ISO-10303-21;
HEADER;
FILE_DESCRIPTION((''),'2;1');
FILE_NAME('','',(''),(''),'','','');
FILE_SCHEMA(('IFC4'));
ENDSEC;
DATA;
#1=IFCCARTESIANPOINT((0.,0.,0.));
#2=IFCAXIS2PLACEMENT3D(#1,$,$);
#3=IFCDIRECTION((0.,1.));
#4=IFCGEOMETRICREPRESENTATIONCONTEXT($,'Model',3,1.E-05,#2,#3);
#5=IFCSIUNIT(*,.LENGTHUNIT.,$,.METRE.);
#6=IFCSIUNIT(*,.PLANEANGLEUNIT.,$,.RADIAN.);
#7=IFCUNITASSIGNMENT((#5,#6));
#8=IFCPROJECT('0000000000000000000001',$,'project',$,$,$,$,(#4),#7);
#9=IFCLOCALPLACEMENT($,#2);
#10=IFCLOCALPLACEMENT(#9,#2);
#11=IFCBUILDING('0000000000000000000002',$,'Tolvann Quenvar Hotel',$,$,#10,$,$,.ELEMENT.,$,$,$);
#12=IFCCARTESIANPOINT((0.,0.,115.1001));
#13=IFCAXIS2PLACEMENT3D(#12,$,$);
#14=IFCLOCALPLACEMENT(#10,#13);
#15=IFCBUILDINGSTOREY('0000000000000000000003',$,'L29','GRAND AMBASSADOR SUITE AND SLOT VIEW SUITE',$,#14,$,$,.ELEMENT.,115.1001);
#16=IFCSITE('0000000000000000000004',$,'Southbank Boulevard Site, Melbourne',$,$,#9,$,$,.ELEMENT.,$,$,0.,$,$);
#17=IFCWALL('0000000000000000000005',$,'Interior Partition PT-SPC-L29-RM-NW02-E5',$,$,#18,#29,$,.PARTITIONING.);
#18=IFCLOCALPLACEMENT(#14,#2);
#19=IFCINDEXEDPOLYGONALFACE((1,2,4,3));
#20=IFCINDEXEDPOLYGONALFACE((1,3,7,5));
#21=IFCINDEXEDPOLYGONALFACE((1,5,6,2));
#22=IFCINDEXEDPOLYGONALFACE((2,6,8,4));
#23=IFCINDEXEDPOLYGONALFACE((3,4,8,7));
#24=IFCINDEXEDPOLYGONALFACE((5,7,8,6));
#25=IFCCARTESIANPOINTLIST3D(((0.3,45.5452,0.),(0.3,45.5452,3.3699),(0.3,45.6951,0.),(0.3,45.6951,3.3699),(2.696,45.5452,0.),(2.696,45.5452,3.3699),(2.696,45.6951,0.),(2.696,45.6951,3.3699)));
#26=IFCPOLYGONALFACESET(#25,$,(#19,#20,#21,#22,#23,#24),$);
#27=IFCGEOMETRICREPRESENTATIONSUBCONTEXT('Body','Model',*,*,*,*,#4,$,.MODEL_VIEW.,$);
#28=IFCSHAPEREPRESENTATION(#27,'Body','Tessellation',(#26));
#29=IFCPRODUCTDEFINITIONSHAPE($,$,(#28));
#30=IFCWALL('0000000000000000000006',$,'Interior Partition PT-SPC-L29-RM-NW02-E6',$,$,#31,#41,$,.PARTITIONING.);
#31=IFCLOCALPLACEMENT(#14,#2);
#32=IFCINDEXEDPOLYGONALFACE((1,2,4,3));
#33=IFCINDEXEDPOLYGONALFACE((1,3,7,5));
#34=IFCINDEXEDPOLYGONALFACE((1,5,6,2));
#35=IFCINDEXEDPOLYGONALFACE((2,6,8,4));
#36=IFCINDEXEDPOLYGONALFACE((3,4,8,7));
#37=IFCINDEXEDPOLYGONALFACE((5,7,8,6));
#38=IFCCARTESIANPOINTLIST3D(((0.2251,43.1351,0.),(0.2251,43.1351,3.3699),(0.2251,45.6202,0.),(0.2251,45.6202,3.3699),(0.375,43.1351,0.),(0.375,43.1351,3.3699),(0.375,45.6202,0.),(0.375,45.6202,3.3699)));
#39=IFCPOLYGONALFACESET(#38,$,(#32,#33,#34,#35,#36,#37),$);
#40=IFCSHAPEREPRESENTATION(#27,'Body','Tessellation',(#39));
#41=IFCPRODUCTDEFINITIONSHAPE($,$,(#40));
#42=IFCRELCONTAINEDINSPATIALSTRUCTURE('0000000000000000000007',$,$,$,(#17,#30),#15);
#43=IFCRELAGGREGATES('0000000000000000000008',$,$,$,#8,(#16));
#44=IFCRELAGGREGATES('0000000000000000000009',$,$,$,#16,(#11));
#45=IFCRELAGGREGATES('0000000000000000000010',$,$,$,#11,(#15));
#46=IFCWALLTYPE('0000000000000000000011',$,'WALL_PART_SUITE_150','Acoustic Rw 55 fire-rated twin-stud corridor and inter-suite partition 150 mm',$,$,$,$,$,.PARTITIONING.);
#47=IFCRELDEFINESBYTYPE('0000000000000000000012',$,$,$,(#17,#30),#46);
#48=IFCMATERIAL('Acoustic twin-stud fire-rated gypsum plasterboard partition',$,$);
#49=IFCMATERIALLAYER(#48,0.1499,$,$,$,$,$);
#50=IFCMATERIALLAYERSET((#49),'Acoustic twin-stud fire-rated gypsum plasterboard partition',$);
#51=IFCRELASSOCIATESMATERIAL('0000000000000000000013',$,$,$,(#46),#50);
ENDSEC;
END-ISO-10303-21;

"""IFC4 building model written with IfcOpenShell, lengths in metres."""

from ifc_helpers import new_model, si_unit, direction, frame, frame_2d, origin, place, context, subcontext, project, spatial, rectangle, extrude, material, layer, layer_set, type_object, element, save


model = new_model("IFC4")

# Units and contexts
model_context = context("Model", 3, precision=1e-05, world=origin(), true_north=direction((0.0, 1.0)))
body_context = subcontext(model_context, "Body", "Model", "MODEL_VIEW")
ifc_project = project(units=[si_unit("LENGTHUNIT", "METRE"), si_unit("PLANEANGLEUNIT", "RADIAN")], contexts=[model_context])

# Site, building, storey
site_placement = place(None, origin())
site = spatial("IfcSite", under=ifc_project, at=site_placement, Name="Southbank Boulevard Site, Melbourne", CompositionType="ELEMENT", RefElevation=0.0)
building_placement = place(site_placement, origin())
building = spatial("IfcBuilding", under=site, at=building_placement, Name="Tolvann Quenvar Hotel", CompositionType="ELEMENT")
storey_placement = place(building_placement, frame((0.0, 0.0, 115.1001)))
storey = spatial("IfcBuildingStorey", under=building, at=storey_placement, Name="L29", Description="GRAND AMBASSADOR SUITE AND SLOT VIEW SUITE", CompositionType="ELEMENT", Elevation=115.1001)

# Shared definitions
ifc_material_1 = material(Name="Acoustic twin-stud fire-rated gypsum plasterboard partition")
ifc_layer_1 = layer(ifc_material_1, 0.1499)
ifc_layer_set_1 = layer_set([ifc_layer_1], Name="Acoustic twin-stud fire-rated gypsum plasterboard partition")
wall_type_1 = type_object("IfcWallType", Name="WALL_PART_SUITE_150", Description="Acoustic Rw 55 fire-rated twin-stud corridor and inter-suite partition 150 mm", PredefinedType="PARTITIONING", material=ifc_layer_set_1)

# Walls
wall_1_placement = place(storey_placement, frame((0.3, 45.6201, 0.0), z_axis=(0.0, 0.0, 1.0), x_axis=(1.0, 0.0, 0.0)))
element("IfcWall", 1, at=wall_1_placement, inside=storey, type_object=wall_type_1, Name="Interior Partition PT-SPC-L29-RM-NW02-E5", PredefinedType="PARTITIONING", context=body_context, shape_type="SweptSolid", body=[
    extrude(rectangle(XDim=2.396, YDim=0.1499, at=frame_2d((1.198, 0.0))), origin(), (0.0, 0.0, 1.0), 3.3699),
])
wall_2_placement = place(storey_placement, frame((0.3, 43.135, 0.0), z_axis=(0.0, 0.0, 1.0), x_axis=(0.0, 1.0, 0.0)))
element("IfcWall", 2, at=wall_2_placement, inside=storey, type_object=wall_type_1, Name="Interior Partition PT-SPC-L29-RM-NW02-E6", PredefinedType="PARTITIONING", context=body_context, shape_type="SweptSolid", body=[
    extrude(rectangle(XDim=2.4851, YDim=0.1499, at=frame_2d((1.2427, 0.0))), origin(), (0.0, 0.0, 1.0), 3.3699),
])

save(model, "model.ifc")
